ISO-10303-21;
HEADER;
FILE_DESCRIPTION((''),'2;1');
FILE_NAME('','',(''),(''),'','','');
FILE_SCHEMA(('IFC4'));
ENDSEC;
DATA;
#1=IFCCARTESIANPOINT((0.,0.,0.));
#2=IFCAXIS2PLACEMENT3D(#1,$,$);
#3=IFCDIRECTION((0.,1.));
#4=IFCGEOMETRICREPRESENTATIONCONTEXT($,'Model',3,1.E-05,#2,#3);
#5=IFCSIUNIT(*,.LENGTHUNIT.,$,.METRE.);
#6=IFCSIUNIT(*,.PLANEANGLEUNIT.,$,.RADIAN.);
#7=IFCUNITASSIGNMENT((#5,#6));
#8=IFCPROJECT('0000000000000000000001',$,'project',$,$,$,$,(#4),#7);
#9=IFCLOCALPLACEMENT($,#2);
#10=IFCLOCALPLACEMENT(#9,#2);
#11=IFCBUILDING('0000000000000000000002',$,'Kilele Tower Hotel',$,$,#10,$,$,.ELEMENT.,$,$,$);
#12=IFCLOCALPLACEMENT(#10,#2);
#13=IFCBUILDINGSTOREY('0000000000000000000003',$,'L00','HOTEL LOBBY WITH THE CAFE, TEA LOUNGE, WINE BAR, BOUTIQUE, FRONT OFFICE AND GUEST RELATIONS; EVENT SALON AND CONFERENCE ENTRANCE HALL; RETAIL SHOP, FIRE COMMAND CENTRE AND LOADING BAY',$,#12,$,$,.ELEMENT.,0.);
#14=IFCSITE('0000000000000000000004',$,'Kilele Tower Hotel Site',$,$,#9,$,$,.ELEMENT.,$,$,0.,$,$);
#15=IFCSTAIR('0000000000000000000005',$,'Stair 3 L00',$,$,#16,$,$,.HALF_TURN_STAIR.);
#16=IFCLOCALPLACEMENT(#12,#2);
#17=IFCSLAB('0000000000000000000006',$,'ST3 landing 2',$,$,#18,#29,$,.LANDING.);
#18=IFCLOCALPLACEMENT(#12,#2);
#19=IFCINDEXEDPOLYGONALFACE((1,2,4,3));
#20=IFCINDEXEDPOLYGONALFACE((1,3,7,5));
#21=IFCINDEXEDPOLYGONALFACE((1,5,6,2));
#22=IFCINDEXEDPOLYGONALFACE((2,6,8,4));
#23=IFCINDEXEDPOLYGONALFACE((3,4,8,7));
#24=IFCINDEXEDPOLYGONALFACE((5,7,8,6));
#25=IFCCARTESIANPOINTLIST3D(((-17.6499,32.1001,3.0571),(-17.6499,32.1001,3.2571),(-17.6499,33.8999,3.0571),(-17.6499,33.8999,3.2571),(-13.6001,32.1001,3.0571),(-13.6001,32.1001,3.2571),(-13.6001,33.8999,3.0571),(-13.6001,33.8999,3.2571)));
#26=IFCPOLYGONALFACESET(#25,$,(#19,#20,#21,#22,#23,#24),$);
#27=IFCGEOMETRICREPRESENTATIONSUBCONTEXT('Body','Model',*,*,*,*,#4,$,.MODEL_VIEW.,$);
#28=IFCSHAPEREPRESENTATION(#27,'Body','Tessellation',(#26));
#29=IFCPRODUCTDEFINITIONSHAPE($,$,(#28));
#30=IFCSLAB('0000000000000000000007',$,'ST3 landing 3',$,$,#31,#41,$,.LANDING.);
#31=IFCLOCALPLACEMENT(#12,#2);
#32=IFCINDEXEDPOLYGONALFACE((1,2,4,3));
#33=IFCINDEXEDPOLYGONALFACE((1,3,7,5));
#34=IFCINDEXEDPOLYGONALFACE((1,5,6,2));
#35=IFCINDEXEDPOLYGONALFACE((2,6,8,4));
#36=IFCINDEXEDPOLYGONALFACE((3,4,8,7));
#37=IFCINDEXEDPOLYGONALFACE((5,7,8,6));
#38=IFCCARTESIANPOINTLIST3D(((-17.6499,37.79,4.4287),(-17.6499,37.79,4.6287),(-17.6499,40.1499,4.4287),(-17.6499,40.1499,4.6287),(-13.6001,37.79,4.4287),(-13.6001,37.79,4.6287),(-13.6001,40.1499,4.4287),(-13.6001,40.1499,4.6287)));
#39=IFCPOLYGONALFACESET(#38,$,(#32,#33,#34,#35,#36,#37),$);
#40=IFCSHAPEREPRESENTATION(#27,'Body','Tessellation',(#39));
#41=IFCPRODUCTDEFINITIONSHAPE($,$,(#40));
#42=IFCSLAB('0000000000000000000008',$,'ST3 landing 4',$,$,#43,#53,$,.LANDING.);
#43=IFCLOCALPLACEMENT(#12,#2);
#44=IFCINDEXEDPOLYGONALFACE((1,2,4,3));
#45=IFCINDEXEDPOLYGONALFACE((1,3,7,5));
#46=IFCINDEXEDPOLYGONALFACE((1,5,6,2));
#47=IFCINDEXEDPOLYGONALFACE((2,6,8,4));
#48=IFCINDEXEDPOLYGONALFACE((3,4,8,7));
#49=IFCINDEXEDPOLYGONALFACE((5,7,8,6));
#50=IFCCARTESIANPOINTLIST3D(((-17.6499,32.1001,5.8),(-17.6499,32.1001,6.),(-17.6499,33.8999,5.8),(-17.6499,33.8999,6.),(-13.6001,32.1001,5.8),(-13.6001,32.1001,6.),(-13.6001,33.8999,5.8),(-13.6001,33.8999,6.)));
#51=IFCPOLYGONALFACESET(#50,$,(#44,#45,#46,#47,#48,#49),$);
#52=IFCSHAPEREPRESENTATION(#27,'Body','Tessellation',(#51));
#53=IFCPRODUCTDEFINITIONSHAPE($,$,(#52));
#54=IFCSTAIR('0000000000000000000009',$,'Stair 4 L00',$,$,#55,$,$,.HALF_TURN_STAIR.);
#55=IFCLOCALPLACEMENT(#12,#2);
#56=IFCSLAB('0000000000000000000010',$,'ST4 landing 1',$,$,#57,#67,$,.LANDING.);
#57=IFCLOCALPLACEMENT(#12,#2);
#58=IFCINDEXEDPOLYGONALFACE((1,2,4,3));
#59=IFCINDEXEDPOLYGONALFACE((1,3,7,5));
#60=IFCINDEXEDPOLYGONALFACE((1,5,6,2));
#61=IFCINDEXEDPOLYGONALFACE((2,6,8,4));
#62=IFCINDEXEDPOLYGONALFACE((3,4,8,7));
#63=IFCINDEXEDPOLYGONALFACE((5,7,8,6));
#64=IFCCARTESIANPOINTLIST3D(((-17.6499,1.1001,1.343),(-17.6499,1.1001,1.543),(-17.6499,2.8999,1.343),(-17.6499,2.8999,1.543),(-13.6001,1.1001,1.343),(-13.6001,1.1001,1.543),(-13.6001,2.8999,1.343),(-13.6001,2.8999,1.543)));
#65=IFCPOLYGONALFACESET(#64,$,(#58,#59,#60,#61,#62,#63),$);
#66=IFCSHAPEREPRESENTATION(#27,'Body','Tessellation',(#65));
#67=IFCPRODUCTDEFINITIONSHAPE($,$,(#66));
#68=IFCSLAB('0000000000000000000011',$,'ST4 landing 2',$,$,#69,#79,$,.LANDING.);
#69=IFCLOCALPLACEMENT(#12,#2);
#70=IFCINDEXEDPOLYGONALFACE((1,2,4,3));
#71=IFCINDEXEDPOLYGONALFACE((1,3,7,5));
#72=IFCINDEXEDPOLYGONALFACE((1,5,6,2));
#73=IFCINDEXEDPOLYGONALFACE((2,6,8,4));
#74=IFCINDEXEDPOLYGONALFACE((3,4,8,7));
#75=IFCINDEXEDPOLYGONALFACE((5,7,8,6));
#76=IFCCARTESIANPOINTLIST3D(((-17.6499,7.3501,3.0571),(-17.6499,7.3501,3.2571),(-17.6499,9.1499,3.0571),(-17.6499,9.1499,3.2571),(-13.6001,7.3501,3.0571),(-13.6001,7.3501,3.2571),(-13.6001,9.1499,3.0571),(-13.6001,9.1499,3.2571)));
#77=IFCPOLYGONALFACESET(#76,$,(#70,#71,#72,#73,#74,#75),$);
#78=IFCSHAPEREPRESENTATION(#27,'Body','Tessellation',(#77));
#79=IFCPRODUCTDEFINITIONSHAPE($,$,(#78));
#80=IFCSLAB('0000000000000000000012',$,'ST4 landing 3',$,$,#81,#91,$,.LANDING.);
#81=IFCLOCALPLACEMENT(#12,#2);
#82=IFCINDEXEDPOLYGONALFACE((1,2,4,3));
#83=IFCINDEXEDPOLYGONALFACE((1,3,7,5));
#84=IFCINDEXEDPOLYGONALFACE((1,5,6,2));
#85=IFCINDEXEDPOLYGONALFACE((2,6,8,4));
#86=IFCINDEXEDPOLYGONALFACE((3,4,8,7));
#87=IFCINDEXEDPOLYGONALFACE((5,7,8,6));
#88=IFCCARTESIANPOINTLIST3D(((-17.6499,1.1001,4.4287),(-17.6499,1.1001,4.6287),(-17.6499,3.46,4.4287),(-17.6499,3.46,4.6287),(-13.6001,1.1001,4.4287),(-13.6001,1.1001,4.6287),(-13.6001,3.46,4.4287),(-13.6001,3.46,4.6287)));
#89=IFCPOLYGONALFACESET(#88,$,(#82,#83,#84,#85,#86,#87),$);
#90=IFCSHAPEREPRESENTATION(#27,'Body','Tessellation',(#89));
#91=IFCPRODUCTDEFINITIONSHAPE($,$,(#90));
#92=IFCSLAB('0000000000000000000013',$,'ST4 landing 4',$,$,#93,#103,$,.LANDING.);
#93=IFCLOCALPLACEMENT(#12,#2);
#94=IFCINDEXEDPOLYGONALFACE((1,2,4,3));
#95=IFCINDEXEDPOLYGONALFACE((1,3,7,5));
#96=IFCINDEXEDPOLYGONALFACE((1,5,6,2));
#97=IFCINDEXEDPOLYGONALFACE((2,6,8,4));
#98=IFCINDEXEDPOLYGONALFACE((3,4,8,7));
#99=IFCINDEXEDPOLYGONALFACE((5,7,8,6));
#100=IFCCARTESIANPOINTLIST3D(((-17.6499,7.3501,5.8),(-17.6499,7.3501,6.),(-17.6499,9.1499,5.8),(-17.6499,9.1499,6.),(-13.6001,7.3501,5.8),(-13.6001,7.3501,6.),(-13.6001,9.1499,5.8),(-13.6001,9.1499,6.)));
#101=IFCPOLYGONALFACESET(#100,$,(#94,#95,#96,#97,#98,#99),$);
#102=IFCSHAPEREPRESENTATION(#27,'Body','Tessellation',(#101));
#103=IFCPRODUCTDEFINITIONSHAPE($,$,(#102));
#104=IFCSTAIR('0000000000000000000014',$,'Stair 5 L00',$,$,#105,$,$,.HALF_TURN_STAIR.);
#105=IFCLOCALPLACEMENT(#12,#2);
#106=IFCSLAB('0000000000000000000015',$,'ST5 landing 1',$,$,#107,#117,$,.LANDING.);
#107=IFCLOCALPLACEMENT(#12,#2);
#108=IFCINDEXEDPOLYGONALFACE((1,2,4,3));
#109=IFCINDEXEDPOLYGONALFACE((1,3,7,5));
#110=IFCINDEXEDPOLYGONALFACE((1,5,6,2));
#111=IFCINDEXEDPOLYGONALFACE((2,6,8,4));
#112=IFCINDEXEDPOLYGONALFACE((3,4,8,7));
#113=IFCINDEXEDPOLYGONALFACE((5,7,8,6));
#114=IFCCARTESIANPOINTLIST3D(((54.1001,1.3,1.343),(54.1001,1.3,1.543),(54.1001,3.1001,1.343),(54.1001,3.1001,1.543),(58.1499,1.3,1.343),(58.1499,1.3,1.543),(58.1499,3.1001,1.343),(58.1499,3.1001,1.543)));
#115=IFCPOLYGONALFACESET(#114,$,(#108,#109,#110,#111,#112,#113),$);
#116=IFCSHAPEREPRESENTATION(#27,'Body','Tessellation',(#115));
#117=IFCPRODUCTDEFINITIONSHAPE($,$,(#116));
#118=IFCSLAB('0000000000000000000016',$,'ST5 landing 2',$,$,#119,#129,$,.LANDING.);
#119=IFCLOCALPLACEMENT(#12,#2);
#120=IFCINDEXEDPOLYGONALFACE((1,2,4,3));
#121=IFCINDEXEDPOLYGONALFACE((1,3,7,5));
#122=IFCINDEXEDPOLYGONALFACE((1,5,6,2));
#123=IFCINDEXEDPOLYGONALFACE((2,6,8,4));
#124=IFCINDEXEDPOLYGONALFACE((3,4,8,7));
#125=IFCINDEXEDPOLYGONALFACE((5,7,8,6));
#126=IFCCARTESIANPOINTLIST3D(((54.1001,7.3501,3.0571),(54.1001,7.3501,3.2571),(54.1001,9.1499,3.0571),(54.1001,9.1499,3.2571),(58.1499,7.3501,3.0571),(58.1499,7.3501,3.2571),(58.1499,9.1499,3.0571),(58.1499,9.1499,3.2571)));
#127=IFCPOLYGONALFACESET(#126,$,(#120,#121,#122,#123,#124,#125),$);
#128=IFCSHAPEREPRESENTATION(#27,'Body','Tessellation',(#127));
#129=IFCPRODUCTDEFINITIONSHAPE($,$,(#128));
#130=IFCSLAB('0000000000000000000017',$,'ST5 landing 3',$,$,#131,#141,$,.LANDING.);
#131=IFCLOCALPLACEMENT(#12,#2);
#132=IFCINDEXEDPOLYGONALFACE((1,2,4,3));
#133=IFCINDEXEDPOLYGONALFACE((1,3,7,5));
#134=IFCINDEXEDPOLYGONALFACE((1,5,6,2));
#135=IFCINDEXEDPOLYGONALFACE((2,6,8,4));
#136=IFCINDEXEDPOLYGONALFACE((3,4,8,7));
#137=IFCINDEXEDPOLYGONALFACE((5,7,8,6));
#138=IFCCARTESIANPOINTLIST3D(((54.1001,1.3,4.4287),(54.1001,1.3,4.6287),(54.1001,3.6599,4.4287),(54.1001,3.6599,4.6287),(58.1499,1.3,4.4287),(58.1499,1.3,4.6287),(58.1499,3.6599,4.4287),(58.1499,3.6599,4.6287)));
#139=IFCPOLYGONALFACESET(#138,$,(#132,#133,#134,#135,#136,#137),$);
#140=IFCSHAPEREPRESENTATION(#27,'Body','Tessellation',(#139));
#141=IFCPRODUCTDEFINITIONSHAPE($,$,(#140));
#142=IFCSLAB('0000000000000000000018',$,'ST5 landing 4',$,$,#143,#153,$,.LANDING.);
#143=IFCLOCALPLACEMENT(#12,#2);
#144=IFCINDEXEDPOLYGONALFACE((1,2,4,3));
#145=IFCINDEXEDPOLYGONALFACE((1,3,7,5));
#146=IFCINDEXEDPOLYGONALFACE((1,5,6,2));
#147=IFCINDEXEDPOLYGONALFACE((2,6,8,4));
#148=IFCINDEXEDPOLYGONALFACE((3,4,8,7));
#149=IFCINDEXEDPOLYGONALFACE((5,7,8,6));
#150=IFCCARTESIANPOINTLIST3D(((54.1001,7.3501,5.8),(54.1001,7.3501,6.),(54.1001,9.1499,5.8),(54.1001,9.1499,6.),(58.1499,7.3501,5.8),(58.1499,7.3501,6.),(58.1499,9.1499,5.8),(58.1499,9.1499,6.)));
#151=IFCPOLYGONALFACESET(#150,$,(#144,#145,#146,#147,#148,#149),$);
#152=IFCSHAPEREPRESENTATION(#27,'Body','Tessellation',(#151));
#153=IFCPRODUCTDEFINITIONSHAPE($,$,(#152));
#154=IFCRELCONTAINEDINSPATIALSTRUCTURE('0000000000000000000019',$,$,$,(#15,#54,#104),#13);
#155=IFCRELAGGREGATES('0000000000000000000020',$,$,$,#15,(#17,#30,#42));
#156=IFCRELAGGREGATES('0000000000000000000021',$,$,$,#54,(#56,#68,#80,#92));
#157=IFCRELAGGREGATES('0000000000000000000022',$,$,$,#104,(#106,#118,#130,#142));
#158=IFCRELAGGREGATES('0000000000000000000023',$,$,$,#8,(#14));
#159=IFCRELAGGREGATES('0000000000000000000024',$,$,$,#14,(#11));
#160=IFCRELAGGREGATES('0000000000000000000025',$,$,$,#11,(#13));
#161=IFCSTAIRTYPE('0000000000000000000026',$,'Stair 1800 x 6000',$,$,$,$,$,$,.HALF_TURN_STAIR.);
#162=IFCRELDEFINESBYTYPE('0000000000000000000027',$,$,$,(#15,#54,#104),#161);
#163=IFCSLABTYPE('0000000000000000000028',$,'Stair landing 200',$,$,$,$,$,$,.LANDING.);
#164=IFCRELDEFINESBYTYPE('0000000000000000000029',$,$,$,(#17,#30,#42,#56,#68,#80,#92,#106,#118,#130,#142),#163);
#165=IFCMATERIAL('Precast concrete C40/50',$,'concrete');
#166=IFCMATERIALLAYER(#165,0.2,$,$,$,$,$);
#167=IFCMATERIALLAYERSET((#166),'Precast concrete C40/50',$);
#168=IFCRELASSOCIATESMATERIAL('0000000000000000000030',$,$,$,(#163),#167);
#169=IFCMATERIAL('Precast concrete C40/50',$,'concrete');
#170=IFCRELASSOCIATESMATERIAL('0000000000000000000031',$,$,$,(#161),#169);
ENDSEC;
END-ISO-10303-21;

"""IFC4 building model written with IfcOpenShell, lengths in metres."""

from ifc_helpers import new_model, si_unit, direction, frame, origin, place, context, subcontext, project, spatial, polyline, outline, extrude, material, layer, layer_set, type_object, element, aggregate, save


model = new_model("IFC4")

# Units and contexts
model_context = context("Model", 3, precision=1e-05, world=origin(), true_north=direction((0.0, 1.0)))
body_context = subcontext(model_context, "Body", "Model", "MODEL_VIEW")
ifc_project = project(units=[si_unit("LENGTHUNIT", "METRE"), si_unit("PLANEANGLEUNIT", "RADIAN")], contexts=[model_context])

# Site, building, storey
site_placement = place(None, origin())
site = spatial("IfcSite", under=ifc_project, at=site_placement, Name="Kilele Tower Hotel Site", CompositionType="ELEMENT", RefElevation=0.0)
building_placement = place(site_placement, origin())
building = spatial("IfcBuilding", under=site, at=building_placement, Name="Kilele Tower Hotel", CompositionType="ELEMENT")
storey_placement = place(building_placement, origin())
storey = spatial("IfcBuildingStorey", under=building, at=storey_placement, Name="L00", Description="HOTEL LOBBY WITH THE CAFE, TEA LOUNGE, WINE BAR, BOUTIQUE, FRONT OFFICE AND GUEST RELATIONS; EVENT SALON AND CONFERENCE ENTRANCE HALL; RETAIL SHOP, FIRE COMMAND CENTRE AND LOADING BAY", CompositionType="ELEMENT", Elevation=0.0)

# Stairs, slabs
ifc_material_1 = material(Name="Precast concrete C40/50", Category="concrete")
ifc_layer = layer(ifc_material_1, 0.2)
ifc_layer_set = layer_set([ifc_layer], Name="Precast concrete C40/50")
slab_type = type_object("IfcSlabType", Name="Stair landing 200", PredefinedType="LANDING", material=ifc_layer_set)
ifc_material_2 = material(Name="Precast concrete C40/50", Category="concrete")
stair_type_1 = type_object("IfcStairType", Name="Stair 1800 x 6000", PredefinedType="HALF_TURN_STAIR", material=ifc_material_2)
stair_1_placement = place(storey_placement, origin())
stair_1 = element("IfcStair", 1, at=stair_1_placement, inside=storey, type_object=stair_type_1, Name="Stair 3 L00", PredefinedType="HALF_TURN_STAIR")
slab_1_placement = place(storey_placement, frame((0.0, 0.0, 3.0571)))
slab_1 = element("IfcSlab", 2, at=slab_1_placement, type_object=slab_type, Name="ST3 landing 2", PredefinedType="LANDING", context=body_context, shape_type="SweptSolid", body=[
    extrude(outline(polyline([(-17.6499, 32.1001), (-13.6001, 32.1001), (-13.6001, 33.8999), (-17.6499, 33.8999), (-17.6499, 32.1001)])), origin(), (0.0, 0.0, 1.0), 0.2),
])
slab_2_placement = place(storey_placement, frame((0.0, 0.0, 4.4287)))
slab_2 = element("IfcSlab", 3, at=slab_2_placement, type_object=slab_type, Name="ST3 landing 3", PredefinedType="LANDING", context=body_context, shape_type="SweptSolid", body=[
    extrude(outline(polyline([(-17.6499, 37.79), (-13.6001, 37.79), (-13.6001, 40.1499), (-17.6499, 40.1499), (-17.6499, 37.79)])), origin(), (0.0, 0.0, 1.0), 0.2),
])
slab_3_placement = place(storey_placement, frame((0.0, 0.0, 5.8)))
slab_3 = element("IfcSlab", 4, at=slab_3_placement, type_object=slab_type, Name="ST3 landing 4", PredefinedType="LANDING", context=body_context, shape_type="SweptSolid", body=[
    extrude(outline(polyline([(-17.6499, 32.1001), (-13.6001, 32.1001), (-13.6001, 33.8999), (-17.6499, 33.8999), (-17.6499, 32.1001)])), origin(), (0.0, 0.0, 1.0), 0.2),
])
aggregate(stair_1, [slab_1, slab_2, slab_3])
stair_2_placement = place(storey_placement, origin())
stair_2 = element("IfcStair", 5, at=stair_2_placement, inside=storey, type_object=stair_type_1, Name="Stair 4 L00", PredefinedType="HALF_TURN_STAIR")
slab_4_placement = place(storey_placement, frame((0.0, 0.0, 1.343)))
slab_4 = element("IfcSlab", 6, at=slab_4_placement, type_object=slab_type, Name="ST4 landing 1", PredefinedType="LANDING", context=body_context, shape_type="SweptSolid", body=[
    extrude(outline(polyline([(-17.6499, 1.1001), (-13.6001, 1.1001), (-13.6001, 2.8999), (-17.6499, 2.8999), (-17.6499, 1.1001)])), origin(), (0.0, 0.0, 1.0), 0.2),
])
slab_5_placement = place(storey_placement, frame((0.0, 0.0, 3.0571)))
slab_5 = element("IfcSlab", 7, at=slab_5_placement, type_object=slab_type, Name="ST4 landing 2", PredefinedType="LANDING", context=body_context, shape_type="SweptSolid", body=[
    extrude(outline(polyline([(-17.6499, 7.3501), (-13.6001, 7.3501), (-13.6001, 9.1499), (-17.6499, 9.1499), (-17.6499, 7.3501)])), origin(), (0.0, 0.0, 1.0), 0.2),
])
slab_6_placement = place(storey_placement, frame((0.0, 0.0, 4.4287)))
slab_6 = element("IfcSlab", 8, at=slab_6_placement, type_object=slab_type, Name="ST4 landing 3", PredefinedType="LANDING", context=body_context, shape_type="SweptSolid", body=[
    extrude(outline(polyline([(-17.6499, 1.1001), (-13.6001, 1.1001), (-13.6001, 3.46), (-17.6499, 3.46), (-17.6499, 1.1001)])), origin(), (0.0, 0.0, 1.0), 0.2),
])
slab_7_placement = place(storey_placement, frame((0.0, 0.0, 5.8)))
slab_7 = element("IfcSlab", 9, at=slab_7_placement, type_object=slab_type, Name="ST4 landing 4", PredefinedType="LANDING", context=body_context, shape_type="SweptSolid", body=[
    extrude(outline(polyline([(-17.6499, 7.3501), (-13.6001, 7.3501), (-13.6001, 9.1499), (-17.6499, 9.1499), (-17.6499, 7.3501)])), origin(), (0.0, 0.0, 1.0), 0.2),
])
aggregate(stair_2, [slab_4, slab_5, slab_6, slab_7])
stair_3_placement = place(storey_placement, origin())
stair_3 = element("IfcStair", 10, at=stair_3_placement, inside=storey, type_object=stair_type_1, Name="Stair 5 L00", PredefinedType="HALF_TURN_STAIR")
slab_8_placement = place(storey_placement, frame((0.0, 0.0, 1.343)))
slab_8 = element("IfcSlab", 11, at=slab_8_placement, type_object=slab_type, Name="ST5 landing 1", PredefinedType="LANDING", context=body_context, shape_type="SweptSolid", body=[
    extrude(outline(polyline([(54.1001, 1.3), (58.1499, 1.3), (58.1499, 3.1001), (54.1001, 3.1001), (54.1001, 1.3)])), origin(), (0.0, 0.0, 1.0), 0.2),
])
slab_9_placement = place(storey_placement, frame((0.0, 0.0, 3.0571)))
slab_9 = element("IfcSlab", 12, at=slab_9_placement, type_object=slab_type, Name="ST5 landing 2", PredefinedType="LANDING", context=body_context, shape_type="SweptSolid", body=[
    extrude(outline(polyline([(54.1001, 7.3501), (58.1499, 7.3501), (58.1499, 9.1499), (54.1001, 9.1499), (54.1001, 7.3501)])), origin(), (0.0, 0.0, 1.0), 0.2),
])
slab_10_placement = place(storey_placement, frame((0.0, 0.0, 4.4287)))
slab_10 = element("IfcSlab", 13, at=slab_10_placement, type_object=slab_type, Name="ST5 landing 3", PredefinedType="LANDING", context=body_context, shape_type="SweptSolid", body=[
    extrude(outline(polyline([(54.1001, 1.3), (58.1499, 1.3), (58.1499, 3.6599), (54.1001, 3.6599), (54.1001, 1.3)])), origin(), (0.0, 0.0, 1.0), 0.2),
])
slab_11_placement = place(storey_placement, frame((0.0, 0.0, 5.8)))
slab_11 = element("IfcSlab", 14, at=slab_11_placement, type_object=slab_type, Name="ST5 landing 4", PredefinedType="LANDING", context=body_context, shape_type="SweptSolid", body=[
    extrude(outline(polyline([(54.1001, 7.3501), (58.1499, 7.3501), (58.1499, 9.1499), (54.1001, 9.1499), (54.1001, 7.3501)])), origin(), (0.0, 0.0, 1.0), 0.2),
])
aggregate(stair_3, [slab_8, slab_9, slab_10, slab_11])

save(model, "model.ifc")
